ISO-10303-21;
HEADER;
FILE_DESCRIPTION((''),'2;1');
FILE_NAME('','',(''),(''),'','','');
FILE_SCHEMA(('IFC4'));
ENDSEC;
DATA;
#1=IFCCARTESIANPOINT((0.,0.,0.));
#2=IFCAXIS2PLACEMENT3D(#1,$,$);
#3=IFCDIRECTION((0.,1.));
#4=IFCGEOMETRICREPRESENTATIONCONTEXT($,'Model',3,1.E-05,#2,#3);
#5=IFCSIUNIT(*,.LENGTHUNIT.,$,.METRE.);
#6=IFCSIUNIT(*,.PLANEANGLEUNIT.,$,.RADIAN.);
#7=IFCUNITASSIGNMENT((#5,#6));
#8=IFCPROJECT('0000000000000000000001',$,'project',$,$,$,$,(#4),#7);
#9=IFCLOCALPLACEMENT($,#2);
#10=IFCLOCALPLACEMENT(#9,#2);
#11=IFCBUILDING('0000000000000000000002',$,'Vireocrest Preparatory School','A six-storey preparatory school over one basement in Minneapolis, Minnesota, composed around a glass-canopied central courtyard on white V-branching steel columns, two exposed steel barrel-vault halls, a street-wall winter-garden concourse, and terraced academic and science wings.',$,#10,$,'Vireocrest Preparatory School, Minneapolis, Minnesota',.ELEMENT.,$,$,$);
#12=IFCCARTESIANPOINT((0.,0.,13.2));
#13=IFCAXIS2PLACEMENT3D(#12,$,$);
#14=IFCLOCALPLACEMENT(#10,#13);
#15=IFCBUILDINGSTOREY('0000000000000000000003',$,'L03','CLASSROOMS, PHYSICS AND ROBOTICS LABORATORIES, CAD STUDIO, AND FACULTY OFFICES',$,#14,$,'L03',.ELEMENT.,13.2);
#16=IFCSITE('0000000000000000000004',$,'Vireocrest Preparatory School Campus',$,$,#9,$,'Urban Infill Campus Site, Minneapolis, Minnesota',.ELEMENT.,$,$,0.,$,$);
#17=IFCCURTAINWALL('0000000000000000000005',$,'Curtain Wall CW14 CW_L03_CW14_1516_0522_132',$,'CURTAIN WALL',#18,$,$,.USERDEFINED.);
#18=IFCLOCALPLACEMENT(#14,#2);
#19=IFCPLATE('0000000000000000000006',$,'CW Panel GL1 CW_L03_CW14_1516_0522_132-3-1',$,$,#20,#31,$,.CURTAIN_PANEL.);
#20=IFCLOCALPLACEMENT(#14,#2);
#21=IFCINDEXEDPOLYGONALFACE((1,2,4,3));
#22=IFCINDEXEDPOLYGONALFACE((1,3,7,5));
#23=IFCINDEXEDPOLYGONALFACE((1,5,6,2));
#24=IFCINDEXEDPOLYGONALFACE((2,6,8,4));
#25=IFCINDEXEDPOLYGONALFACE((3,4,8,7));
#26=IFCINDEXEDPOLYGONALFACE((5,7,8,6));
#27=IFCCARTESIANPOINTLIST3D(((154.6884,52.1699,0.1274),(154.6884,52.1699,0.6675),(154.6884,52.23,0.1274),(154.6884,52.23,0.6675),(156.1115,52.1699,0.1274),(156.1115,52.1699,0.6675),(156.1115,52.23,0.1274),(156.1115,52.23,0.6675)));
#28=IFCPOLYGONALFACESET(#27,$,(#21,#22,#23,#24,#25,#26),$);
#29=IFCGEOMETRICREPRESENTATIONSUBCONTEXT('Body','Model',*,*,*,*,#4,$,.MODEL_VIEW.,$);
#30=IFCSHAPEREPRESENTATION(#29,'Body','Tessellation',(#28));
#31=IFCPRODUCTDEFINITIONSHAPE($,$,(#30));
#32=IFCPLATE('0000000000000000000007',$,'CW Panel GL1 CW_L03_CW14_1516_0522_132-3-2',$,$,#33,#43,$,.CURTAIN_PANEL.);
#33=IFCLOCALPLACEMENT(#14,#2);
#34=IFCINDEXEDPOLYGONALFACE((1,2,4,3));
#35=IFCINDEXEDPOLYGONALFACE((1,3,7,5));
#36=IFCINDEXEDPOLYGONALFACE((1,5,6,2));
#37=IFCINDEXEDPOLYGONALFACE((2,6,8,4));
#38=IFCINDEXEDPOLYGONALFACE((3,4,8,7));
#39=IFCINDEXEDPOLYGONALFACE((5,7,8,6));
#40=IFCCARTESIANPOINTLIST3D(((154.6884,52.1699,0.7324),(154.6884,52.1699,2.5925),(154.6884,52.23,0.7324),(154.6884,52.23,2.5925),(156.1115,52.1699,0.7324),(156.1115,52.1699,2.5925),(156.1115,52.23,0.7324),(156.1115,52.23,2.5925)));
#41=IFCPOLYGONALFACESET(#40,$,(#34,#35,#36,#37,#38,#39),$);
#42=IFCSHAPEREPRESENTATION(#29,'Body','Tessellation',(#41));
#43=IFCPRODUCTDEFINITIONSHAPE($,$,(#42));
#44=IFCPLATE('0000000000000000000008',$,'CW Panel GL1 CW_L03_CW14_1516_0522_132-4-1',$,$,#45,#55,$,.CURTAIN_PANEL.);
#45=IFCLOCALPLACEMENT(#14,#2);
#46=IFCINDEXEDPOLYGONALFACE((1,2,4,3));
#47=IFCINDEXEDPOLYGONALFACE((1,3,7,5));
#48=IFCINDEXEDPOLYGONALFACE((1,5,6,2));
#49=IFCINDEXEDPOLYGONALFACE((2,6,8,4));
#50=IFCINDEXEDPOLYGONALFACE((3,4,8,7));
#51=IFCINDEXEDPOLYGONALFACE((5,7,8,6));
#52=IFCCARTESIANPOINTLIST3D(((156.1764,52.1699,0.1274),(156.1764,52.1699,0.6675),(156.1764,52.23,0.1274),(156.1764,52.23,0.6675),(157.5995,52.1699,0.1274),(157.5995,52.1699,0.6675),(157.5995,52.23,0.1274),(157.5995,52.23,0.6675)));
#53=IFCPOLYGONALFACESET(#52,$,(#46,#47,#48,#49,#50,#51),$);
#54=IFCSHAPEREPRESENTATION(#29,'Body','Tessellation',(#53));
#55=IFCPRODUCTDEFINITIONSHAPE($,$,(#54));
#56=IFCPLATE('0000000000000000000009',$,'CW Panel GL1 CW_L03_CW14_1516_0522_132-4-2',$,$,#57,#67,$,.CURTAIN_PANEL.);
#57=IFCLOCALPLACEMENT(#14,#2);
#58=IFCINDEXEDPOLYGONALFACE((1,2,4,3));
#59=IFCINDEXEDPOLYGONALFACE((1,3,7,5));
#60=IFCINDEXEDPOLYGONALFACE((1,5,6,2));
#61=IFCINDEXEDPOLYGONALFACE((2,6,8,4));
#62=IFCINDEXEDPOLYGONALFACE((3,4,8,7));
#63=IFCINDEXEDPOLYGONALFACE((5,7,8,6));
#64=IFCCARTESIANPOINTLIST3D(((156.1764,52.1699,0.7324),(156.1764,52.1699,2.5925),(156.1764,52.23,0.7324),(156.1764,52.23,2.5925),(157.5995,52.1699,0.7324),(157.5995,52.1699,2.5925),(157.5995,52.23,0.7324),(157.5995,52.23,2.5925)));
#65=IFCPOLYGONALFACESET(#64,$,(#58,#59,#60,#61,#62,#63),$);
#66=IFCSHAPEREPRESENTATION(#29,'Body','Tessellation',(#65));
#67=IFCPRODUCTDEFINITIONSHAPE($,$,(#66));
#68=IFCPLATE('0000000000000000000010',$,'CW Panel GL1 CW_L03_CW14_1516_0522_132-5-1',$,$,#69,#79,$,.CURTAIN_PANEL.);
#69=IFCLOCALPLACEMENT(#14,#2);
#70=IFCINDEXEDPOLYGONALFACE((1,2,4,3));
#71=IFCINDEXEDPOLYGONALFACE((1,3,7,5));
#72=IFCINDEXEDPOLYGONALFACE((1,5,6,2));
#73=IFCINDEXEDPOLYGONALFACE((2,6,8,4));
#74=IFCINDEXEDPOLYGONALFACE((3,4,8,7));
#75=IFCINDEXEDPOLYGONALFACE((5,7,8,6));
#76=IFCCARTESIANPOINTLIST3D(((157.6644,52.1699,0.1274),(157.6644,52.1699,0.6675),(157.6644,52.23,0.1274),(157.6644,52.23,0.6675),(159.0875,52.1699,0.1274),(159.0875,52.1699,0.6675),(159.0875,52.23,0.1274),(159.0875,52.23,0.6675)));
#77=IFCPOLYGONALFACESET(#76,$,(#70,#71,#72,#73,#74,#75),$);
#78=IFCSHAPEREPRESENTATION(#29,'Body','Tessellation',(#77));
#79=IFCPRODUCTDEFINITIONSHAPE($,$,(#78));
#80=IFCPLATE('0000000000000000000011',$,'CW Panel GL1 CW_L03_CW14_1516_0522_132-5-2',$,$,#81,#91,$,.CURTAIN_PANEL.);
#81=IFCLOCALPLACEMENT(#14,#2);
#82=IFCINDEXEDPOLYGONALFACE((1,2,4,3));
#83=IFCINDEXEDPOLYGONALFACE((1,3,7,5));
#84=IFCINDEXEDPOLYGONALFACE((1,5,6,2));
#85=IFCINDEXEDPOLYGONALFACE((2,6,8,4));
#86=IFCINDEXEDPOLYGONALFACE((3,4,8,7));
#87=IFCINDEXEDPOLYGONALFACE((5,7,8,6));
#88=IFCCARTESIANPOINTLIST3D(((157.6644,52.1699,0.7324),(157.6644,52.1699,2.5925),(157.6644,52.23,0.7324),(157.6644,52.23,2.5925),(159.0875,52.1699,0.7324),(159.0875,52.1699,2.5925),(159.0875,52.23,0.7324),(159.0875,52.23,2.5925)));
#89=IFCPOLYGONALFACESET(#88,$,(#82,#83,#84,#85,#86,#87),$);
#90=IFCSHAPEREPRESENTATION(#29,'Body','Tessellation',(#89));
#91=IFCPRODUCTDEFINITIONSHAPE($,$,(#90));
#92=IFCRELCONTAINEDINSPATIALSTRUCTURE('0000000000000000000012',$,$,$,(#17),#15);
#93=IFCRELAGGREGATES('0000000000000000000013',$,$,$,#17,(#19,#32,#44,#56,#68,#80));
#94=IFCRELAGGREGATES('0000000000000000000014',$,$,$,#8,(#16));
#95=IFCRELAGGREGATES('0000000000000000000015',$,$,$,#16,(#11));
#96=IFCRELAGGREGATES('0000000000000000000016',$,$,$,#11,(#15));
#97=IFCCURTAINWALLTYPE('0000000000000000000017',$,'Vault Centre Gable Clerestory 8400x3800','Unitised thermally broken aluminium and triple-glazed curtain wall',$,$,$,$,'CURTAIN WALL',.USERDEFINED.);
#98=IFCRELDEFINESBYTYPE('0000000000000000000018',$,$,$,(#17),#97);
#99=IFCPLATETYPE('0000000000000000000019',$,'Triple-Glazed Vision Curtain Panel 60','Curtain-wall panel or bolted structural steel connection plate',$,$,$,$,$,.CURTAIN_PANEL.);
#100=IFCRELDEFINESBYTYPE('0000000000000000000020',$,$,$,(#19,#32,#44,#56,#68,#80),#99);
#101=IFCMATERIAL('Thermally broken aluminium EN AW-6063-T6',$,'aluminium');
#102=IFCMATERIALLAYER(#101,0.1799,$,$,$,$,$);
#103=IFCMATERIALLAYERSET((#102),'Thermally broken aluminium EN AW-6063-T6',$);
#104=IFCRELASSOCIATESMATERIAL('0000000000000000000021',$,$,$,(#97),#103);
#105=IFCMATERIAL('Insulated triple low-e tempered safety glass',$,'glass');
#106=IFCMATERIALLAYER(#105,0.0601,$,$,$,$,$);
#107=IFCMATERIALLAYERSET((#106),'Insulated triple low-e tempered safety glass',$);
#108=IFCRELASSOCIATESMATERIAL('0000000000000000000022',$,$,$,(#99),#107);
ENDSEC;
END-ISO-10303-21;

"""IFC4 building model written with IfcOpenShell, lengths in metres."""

from ifc_helpers import new_model, si_unit, direction, frame, origin, origin_2d, place, context, subcontext, project, spatial, rectangle, extrude, material, layer, layer_set, type_object, element, aggregate, save


model = new_model("IFC4")

# Units and contexts
model_context = context("Model", 3, precision=1e-05, world=origin(), true_north=direction((0.0, 1.0)))
body_context = subcontext(model_context, "Body", "Model", "MODEL_VIEW")
ifc_project = project(units=[si_unit("LENGTHUNIT", "METRE"), si_unit("PLANEANGLEUNIT", "RADIAN")], contexts=[model_context])

# Site, building, storey
site_placement = place(None, origin())
site = spatial("IfcSite", under=ifc_project, at=site_placement, Name="Vireocrest Preparatory School Campus", LongName="Urban Infill Campus Site, Minneapolis, Minnesota", CompositionType="ELEMENT", RefElevation=0.0)
building_placement = place(site_placement, origin())
building = spatial("IfcBuilding", under=site, at=building_placement, Name="Vireocrest Preparatory School", Description="A six-storey preparatory school over one basement in Minneapolis, Minnesota, composed around a glass-canopied central courtyard on white V-branching steel columns, two exposed steel barrel-vault halls, a street-wall winter-garden concourse, and terraced academic and science wings.", LongName="Vireocrest Preparatory School, Minneapolis, Minnesota", CompositionType="ELEMENT")
storey_placement = place(building_placement, frame((0.0, 0.0, 13.2)))
storey = spatial("IfcBuildingStorey", under=building, at=storey_placement, Name="L03", Description="CLASSROOMS, PHYSICS AND ROBOTICS LABORATORIES, CAD STUDIO, AND FACULTY OFFICES", LongName="L03", CompositionType="ELEMENT", Elevation=13.2)

# Shared definitions
ifc_material_1 = material(Name="Thermally broken aluminium EN AW-6063-T6", Category="aluminium")

# Curtain wall
ifc_layer_1 = layer(ifc_material_1, 0.1799)
ifc_layer_set_1 = layer_set([ifc_layer_1], Name="Thermally broken aluminium EN AW-6063-T6")
curtain_wall_type_1 = type_object("IfcCurtainWallType", Name="Vault Centre Gable Clerestory 8400x3800", Description="Unitised thermally broken aluminium and triple-glazed curtain wall", ElementType="CURTAIN WALL", PredefinedType="USERDEFINED", material=ifc_layer_set_1)
curtain_wall_1_placement = place(storey_placement, origin())
curtain_wall_1 = element("IfcCurtainWall", 1, at=curtain_wall_1_placement, inside=storey, type_object=curtain_wall_type_1, Name="Curtain Wall CW14 CW_L03_CW14_1516_0522_132", ObjectType="CURTAIN WALL", PredefinedType="USERDEFINED")

# Plates
ifc_material_2 = material(Name="Insulated triple low-e tempered safety glass", Category="glass")
ifc_layer_2 = layer(ifc_material_2, 0.0601)
ifc_layer_set_2 = layer_set([ifc_layer_2], Name="Insulated triple low-e tempered safety glass")
plate_type_1 = type_object("IfcPlateType", Name="Triple-Glazed Vision Curtain Panel 60", Description="Curtain-wall panel or bolted structural steel connection plate", PredefinedType="CURTAIN_PANEL", material=ifc_layer_set_2)
plate_1_placement = place(storey_placement, frame((155.3999, 52.2, 0.1274), z_axis=(0.0, 0.0, 1.0), x_axis=(1.0, 0.0, 0.0)))
plate_1 = element("IfcPlate", 2, at=plate_1_placement, type_object=plate_type_1, Name="CW Panel GL1 CW_L03_CW14_1516_0522_132-3-1", PredefinedType="CURTAIN_PANEL", context=body_context, shape_type="SweptSolid", body=[
    extrude(rectangle(XDim=1.4231, YDim=0.0601, at=origin_2d()), origin(), (0.0, 0.0, 1.0), 0.54),
])
plate_2_placement = place(storey_placement, frame((155.3999, 52.2, 0.7324), z_axis=(0.0, 0.0, 1.0), x_axis=(1.0, 0.0, 0.0)))
plate_2 = element("IfcPlate", 3, at=plate_2_placement, type_object=plate_type_1, Name="CW Panel GL1 CW_L03_CW14_1516_0522_132-3-2", PredefinedType="CURTAIN_PANEL", context=body_context, shape_type="SweptSolid", body=[
    extrude(rectangle(XDim=1.4231, YDim=0.0601, at=origin_2d()), origin(), (0.0, 0.0, 1.0), 1.8601),
])
plate_3_placement = place(storey_placement, frame((156.8879, 52.2, 0.1274), z_axis=(0.0, 0.0, 1.0), x_axis=(1.0, 0.0, 0.0)))
plate_3 = element("IfcPlate", 4, at=plate_3_placement, type_object=plate_type_1, Name="CW Panel GL1 CW_L03_CW14_1516_0522_132-4-1", PredefinedType="CURTAIN_PANEL", context=body_context, shape_type="SweptSolid", body=[
    extrude(rectangle(XDim=1.4231, YDim=0.0601, at=origin_2d()), origin(), (0.0, 0.0, 1.0), 0.54),
])
plate_4_placement = place(storey_placement, frame((156.8879, 52.2, 0.7324), z_axis=(0.0, 0.0, 1.0), x_axis=(1.0, 0.0, 0.0)))
plate_4 = element("IfcPlate", 5, at=plate_4_placement, type_object=plate_type_1, Name="CW Panel GL1 CW_L03_CW14_1516_0522_132-4-2", PredefinedType="CURTAIN_PANEL", context=body_context, shape_type="SweptSolid", body=[
    extrude(rectangle(XDim=1.4231, YDim=0.0601, at=origin_2d()), origin(), (0.0, 0.0, 1.0), 1.8601),
])
plate_5_placement = place(storey_placement, frame((158.376, 52.2, 0.1274), z_axis=(0.0, 0.0, 1.0), x_axis=(1.0, 0.0, 0.0)))
plate_5 = element("IfcPlate", 6, at=plate_5_placement, type_object=plate_type_1, Name="CW Panel GL1 CW_L03_CW14_1516_0522_132-5-1", PredefinedType="CURTAIN_PANEL", context=body_context, shape_type="SweptSolid", body=[
    extrude(rectangle(XDim=1.4231, YDim=0.0601, at=origin_2d()), origin(), (0.0, 0.0, 1.0), 0.54),
])
plate_6_placement = place(storey_placement, frame((158.376, 52.2, 0.7324), z_axis=(0.0, 0.0, 1.0), x_axis=(1.0, 0.0, 0.0)))
plate_6 = element("IfcPlate", 7, at=plate_6_placement, type_object=plate_type_1, Name="CW Panel GL1 CW_L03_CW14_1516_0522_132-5-2", PredefinedType="CURTAIN_PANEL", context=body_context, shape_type="SweptSolid", body=[
    extrude(rectangle(XDim=1.4231, YDim=0.0601, at=origin_2d()), origin(), (0.0, 0.0, 1.0), 1.8601),
])
aggregate(curtain_wall_1, [plate_1, plate_2, plate_3, plate_4, plate_5, plate_6])

save(model, "model.ifc")
